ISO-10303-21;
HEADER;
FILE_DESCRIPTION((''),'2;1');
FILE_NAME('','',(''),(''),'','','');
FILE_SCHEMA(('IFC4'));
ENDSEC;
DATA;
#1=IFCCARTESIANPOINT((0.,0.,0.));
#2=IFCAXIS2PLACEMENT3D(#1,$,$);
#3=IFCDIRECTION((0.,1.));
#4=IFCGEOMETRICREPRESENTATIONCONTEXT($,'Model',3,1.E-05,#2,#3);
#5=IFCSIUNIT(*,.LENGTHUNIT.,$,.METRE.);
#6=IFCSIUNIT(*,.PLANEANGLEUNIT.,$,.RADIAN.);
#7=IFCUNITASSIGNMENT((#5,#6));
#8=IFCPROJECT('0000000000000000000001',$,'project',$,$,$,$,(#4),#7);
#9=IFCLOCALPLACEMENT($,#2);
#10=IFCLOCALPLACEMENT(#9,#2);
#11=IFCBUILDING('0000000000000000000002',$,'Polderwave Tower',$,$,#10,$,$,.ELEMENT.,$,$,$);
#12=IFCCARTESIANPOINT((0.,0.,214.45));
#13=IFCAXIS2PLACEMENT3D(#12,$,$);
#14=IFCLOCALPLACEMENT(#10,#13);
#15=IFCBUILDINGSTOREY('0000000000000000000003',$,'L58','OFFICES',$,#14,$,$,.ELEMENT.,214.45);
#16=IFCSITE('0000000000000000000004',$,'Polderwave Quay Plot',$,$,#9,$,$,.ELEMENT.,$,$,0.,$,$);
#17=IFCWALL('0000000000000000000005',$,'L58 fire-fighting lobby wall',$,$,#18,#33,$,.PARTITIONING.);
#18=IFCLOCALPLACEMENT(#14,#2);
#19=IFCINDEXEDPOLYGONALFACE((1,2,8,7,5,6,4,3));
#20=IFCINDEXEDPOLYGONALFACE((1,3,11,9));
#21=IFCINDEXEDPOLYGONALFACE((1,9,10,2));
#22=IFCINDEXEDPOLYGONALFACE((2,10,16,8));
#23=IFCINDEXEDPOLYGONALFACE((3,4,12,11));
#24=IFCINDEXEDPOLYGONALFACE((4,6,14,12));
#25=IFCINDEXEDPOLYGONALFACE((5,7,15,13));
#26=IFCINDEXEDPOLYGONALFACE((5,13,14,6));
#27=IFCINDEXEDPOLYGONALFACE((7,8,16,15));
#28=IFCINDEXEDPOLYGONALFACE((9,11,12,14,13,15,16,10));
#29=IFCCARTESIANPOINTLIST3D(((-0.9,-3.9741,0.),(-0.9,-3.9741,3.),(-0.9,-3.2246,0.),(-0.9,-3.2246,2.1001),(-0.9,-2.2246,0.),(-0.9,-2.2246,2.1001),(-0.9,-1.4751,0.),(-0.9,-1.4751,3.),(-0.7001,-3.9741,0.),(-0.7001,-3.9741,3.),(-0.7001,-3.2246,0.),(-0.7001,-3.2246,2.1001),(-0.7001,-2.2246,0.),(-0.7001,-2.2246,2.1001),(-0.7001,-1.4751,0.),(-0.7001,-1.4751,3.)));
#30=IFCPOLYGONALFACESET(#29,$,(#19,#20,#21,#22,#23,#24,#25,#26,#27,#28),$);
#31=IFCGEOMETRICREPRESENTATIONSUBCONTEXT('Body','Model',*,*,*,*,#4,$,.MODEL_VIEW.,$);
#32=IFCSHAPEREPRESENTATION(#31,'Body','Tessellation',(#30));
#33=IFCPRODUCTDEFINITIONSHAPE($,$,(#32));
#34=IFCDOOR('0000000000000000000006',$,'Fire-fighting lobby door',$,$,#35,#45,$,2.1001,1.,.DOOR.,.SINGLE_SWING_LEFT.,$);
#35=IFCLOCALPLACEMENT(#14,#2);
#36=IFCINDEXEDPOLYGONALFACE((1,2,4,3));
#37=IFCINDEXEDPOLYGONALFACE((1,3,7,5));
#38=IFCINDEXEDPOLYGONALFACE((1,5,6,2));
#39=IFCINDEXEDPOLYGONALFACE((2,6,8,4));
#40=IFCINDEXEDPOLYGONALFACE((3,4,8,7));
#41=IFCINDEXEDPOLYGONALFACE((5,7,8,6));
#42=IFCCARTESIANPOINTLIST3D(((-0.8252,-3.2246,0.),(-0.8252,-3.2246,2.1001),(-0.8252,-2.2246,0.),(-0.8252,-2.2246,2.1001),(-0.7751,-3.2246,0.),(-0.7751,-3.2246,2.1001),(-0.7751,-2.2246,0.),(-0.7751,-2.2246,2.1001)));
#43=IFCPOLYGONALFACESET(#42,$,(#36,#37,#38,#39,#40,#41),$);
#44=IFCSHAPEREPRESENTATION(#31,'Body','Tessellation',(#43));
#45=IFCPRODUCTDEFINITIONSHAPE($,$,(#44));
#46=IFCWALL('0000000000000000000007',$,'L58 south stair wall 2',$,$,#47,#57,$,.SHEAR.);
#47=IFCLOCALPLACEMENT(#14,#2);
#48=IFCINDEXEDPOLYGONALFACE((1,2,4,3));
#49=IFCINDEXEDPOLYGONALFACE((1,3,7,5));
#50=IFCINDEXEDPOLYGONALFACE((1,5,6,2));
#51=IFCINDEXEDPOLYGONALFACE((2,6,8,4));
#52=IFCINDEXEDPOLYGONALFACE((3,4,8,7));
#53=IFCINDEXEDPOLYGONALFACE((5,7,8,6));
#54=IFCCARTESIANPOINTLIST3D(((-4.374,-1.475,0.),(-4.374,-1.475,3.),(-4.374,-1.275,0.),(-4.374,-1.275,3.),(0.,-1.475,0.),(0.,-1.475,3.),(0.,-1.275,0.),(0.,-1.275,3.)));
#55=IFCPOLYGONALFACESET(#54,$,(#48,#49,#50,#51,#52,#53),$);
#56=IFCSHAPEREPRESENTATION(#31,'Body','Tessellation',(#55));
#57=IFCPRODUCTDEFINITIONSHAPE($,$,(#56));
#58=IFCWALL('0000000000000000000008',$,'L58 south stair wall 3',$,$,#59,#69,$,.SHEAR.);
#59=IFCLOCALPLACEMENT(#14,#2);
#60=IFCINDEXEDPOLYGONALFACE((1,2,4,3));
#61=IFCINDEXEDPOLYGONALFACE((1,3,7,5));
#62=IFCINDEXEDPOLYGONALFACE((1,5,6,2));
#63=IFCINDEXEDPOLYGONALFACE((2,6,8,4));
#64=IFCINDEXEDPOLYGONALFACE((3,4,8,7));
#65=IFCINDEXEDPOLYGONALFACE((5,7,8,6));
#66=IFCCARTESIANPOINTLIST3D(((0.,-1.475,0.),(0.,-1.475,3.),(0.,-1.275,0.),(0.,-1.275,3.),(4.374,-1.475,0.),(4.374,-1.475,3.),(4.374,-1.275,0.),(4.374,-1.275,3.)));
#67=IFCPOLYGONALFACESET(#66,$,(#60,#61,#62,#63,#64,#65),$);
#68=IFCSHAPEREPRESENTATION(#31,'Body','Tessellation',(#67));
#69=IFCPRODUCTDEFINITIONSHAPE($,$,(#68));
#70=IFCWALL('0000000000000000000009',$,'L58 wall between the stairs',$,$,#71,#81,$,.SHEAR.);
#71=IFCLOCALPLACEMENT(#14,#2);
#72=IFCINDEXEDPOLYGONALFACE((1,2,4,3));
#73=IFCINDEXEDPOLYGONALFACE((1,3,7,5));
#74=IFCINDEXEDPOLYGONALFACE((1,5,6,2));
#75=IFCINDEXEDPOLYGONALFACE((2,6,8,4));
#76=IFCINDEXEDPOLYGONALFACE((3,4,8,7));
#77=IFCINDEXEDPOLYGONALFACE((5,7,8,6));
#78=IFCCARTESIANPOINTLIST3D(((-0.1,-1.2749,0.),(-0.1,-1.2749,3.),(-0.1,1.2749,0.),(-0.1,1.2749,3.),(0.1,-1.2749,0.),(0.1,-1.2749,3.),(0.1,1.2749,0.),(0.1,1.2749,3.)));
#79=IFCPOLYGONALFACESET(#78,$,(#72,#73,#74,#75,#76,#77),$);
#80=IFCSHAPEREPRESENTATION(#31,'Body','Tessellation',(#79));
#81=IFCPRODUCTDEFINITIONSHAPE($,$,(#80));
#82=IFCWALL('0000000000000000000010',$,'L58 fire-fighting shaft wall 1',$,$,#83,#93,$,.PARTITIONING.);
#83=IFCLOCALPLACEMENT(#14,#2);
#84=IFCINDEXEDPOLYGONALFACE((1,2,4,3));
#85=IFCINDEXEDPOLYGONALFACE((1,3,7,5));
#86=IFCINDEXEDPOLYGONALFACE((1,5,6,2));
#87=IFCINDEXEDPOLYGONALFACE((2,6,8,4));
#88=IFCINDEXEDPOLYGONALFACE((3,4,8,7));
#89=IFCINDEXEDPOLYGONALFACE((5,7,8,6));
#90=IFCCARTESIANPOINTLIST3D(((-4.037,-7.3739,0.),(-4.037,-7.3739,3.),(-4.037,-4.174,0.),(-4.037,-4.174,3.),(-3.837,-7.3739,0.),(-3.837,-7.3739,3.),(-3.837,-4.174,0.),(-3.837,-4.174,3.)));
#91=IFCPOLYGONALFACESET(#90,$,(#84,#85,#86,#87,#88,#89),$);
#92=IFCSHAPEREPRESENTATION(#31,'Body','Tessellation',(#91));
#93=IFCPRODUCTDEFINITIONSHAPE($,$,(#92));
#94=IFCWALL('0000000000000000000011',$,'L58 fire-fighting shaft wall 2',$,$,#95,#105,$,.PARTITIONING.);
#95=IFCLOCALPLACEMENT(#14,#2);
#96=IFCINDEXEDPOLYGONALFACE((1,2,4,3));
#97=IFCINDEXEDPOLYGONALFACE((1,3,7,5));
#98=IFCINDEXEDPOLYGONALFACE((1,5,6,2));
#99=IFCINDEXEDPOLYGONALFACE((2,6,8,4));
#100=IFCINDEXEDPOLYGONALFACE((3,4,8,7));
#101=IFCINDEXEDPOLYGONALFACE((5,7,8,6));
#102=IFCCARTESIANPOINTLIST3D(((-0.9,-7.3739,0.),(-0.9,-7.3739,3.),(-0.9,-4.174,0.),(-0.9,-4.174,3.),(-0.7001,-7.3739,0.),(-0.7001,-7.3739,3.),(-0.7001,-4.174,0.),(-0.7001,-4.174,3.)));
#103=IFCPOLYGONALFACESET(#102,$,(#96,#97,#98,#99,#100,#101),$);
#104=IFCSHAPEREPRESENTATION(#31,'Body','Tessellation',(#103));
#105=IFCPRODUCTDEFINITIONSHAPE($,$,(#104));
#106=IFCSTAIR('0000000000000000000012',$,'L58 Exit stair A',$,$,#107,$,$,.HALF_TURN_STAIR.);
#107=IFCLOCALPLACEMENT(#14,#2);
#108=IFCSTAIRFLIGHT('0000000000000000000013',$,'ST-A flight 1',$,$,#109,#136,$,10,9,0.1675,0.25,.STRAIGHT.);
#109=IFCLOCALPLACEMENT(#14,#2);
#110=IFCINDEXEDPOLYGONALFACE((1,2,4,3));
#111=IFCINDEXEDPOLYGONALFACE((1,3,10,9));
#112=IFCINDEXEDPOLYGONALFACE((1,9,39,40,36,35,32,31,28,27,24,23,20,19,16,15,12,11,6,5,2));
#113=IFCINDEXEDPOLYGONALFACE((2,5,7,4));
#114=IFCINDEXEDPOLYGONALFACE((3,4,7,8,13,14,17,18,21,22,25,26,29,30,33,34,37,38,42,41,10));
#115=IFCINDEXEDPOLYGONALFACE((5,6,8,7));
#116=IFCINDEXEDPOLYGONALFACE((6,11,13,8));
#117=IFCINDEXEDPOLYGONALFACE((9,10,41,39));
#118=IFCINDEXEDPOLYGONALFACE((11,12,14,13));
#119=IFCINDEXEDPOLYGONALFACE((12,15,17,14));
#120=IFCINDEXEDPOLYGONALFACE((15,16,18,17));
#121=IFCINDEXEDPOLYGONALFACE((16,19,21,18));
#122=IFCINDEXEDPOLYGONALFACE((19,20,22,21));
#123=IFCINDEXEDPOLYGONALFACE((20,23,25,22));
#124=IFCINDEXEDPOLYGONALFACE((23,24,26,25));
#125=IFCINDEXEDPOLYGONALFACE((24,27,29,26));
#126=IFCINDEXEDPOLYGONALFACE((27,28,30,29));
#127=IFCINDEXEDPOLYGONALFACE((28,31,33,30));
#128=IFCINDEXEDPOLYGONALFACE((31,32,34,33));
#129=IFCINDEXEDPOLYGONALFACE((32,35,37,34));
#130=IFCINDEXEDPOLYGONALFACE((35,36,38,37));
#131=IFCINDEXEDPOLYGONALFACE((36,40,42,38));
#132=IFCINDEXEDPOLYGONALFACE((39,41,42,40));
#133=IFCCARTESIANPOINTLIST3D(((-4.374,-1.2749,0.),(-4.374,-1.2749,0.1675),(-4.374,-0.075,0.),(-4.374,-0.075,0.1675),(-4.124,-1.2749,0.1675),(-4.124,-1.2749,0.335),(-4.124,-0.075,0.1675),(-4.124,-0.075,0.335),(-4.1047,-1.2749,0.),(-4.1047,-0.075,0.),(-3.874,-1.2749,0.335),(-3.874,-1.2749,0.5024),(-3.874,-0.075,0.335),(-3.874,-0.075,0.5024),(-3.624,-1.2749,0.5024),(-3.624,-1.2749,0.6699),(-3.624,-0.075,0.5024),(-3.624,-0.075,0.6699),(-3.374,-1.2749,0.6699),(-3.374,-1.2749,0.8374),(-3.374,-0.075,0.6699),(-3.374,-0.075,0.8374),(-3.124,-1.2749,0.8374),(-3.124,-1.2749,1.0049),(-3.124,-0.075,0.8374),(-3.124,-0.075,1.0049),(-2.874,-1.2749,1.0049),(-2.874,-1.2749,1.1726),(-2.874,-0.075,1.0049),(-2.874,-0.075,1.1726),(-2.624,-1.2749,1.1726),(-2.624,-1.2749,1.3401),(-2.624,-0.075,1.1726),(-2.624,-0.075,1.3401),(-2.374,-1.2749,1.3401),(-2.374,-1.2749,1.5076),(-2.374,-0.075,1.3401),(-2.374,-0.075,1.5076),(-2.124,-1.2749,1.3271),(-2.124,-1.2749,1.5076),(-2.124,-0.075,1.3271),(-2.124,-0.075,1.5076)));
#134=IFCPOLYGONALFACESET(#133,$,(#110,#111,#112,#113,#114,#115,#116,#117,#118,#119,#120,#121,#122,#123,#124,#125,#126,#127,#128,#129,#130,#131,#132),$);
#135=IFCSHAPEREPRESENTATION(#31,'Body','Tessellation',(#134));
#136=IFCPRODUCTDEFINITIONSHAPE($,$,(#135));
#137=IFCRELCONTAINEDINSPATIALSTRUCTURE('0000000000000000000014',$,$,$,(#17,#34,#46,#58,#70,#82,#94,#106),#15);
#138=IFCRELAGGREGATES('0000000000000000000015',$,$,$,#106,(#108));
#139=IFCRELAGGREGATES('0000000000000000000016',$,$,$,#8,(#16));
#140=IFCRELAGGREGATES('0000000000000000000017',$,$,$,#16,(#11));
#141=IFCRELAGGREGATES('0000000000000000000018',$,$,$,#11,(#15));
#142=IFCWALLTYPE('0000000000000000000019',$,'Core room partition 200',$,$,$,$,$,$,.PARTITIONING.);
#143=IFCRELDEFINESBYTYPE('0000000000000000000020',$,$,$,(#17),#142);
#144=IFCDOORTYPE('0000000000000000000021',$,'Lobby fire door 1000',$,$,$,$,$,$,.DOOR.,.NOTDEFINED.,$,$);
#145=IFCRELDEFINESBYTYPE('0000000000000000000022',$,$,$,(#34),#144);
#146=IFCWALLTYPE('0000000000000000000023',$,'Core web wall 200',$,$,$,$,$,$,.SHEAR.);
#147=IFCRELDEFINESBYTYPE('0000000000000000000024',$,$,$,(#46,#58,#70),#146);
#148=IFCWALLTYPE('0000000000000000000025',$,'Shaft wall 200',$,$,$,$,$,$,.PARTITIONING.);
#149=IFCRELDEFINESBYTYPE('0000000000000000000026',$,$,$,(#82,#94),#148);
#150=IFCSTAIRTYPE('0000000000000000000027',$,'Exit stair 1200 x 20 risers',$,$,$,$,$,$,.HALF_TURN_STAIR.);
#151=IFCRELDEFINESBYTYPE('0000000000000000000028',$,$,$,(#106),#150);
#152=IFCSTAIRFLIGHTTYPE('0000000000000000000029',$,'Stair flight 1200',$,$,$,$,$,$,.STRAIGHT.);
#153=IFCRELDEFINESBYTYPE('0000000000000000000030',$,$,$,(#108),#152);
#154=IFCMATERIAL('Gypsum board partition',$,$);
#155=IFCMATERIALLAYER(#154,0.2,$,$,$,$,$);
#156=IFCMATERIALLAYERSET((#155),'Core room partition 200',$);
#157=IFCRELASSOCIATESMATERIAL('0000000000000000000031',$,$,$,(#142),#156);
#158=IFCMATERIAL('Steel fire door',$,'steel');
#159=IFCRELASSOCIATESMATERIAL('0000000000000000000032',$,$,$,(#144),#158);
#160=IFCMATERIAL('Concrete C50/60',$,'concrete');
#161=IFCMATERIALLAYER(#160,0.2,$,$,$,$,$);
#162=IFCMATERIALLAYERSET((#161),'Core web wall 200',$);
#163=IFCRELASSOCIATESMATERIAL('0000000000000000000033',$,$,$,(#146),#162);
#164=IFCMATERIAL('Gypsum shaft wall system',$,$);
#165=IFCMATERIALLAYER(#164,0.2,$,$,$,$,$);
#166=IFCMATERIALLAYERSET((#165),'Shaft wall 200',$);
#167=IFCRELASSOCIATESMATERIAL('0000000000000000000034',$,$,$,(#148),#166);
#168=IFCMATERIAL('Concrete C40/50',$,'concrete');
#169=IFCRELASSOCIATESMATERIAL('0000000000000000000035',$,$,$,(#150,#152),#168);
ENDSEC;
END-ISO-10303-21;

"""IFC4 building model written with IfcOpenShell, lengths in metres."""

from ifc_helpers import new_model, si_unit, direction, frame, frame_2d, origin, place, context, subcontext, project, spatial, polyline, rectangle, outline, extrude, material, layer, layer_set, type_object, element, fill, aggregate, save


model = new_model("IFC4")

# Units and contexts
model_context = context("Model", 3, precision=1e-05, world=origin(), true_north=direction((0.0, 1.0)))
body_context = subcontext(model_context, "Body", "Model", "MODEL_VIEW")
ifc_project = project(units=[si_unit("LENGTHUNIT", "METRE"), si_unit("PLANEANGLEUNIT", "RADIAN")], contexts=[model_context])

# Site, building, storey
site_placement = place(None, origin())
site = spatial("IfcSite", under=ifc_project, at=site_placement, Name="Polderwave Quay Plot", CompositionType="ELEMENT", RefElevation=0.0)
building_placement = place(site_placement, origin())
building = spatial("IfcBuilding", under=site, at=building_placement, Name="Polderwave Tower", CompositionType="ELEMENT")
storey_placement = place(building_placement, frame((0.0, 0.0, 214.45)))
storey = spatial("IfcBuildingStorey", under=building, at=storey_placement, Name="L58", Description="OFFICES", CompositionType="ELEMENT", Elevation=214.45)

# Wall, opening, door
ifc_material_1 = material(Name="Gypsum board partition")
ifc_layer_1 = layer(ifc_material_1, 0.2)
ifc_layer_set_1 = layer_set([ifc_layer_1], Name="Core room partition 200")
wall_type_1 = type_object("IfcWallType", Name="Core room partition 200", PredefinedType="PARTITIONING", material=ifc_layer_set_1)
wall_1_placement = place(storey_placement, frame((-0.8, -3.9741, 0.0), z_axis=(0.0, 0.0, 1.0), x_axis=(0.0, 1.0, 0.0)))
wall_1 = element("IfcWall", 1, at=wall_1_placement, inside=storey, type_object=wall_type_1, Name="L58 fire-fighting lobby wall", PredefinedType="PARTITIONING", context=body_context, shape_type="SweptSolid", body=[
    extrude(rectangle(XDim=2.499, YDim=0.2, at=frame_2d((1.2495, 0.0))), origin(), (0.0, 0.0, 1.0), 3.0),
])
opening_placement = place(wall_1_placement, frame((0.7495, 0.0, 0.0)))
opening = element("IfcOpeningElement", 2, at=opening_placement, cuts=wall_1, PredefinedType="OPENING", context=body_context, shape_type="SweptSolid", body=[
    extrude(rectangle(XDim=1.0, YDim=2.1001, at=frame_2d((0.5, 1.05))), frame((0.0, 0.1099, 0.0), z_axis=(0.0, -1.0, 0.0), x_axis=(1.0, 0.0, 0.0)), (0.0, 0.0, 1.0), 0.22),
])
ifc_material_2 = material(Name="Steel fire door", Category="steel")
door_type = type_object("IfcDoorType", Name="Lobby fire door 1000", OperationType="NOTDEFINED", PredefinedType="DOOR", material=ifc_material_2)
door_placement = place(opening_placement, frame((1.0, 0.0, 0.0), z_axis=(0.0, 0.0, 1.0), x_axis=(-1.0, 0.0, 0.0)))
door = element("IfcDoor", 3, at=door_placement, inside=storey, type_object=door_type, Name="Fire-fighting lobby door", OperationType="SINGLE_SWING_LEFT", OverallHeight=2.1001, OverallWidth=1.0, PredefinedType="DOOR", context=body_context, shape_type="SweptSolid", body=[
    extrude(rectangle(XDim=1.0, YDim=2.1001, at=frame_2d((0.5, 1.05))), frame((0.0, 0.0249, 0.0), z_axis=(0.0, -1.0, 0.0), x_axis=(1.0, 0.0, 0.0)), (0.0, 0.0, 1.0), 0.05),
])
fill(opening, door)

# Walls
ifc_material_3 = material(Name="Concrete C50/60", Category="concrete")
ifc_layer_2 = layer(ifc_material_3, 0.2)
ifc_layer_set_2 = layer_set([ifc_layer_2], Name="Core web wall 200")
wall_type_2 = type_object("IfcWallType", Name="Core web wall 200", PredefinedType="SHEAR", material=ifc_layer_set_2)
for number, where, z_axis, x_axis, name in (
    (4, (-4.374, -1.375, 0.0), (0.0, 0.0, 1.0), (1.0, 0.0, 0.0), "L58 south stair wall 2"),
    (5, (0.0, -1.375, 0.0), (0.0, 0.0, 1.0), (1.0, 0.0, 0.0), "L58 south stair wall 3"),
):
    element("IfcWall", number, at=place(storey_placement, frame(where, z_axis=z_axis, x_axis=x_axis)), inside=storey, type_object=wall_type_2, Name=name, PredefinedType="SHEAR", context=body_context, shape_type="SweptSolid", body=[
        extrude(rectangle(XDim=4.374, YDim=0.2, at=frame_2d((2.187, 0.0))), origin(), (0.0, 0.0, 1.0), 3.0),
    ])
wall_2_placement = place(storey_placement, frame((0.0, -1.2749, 0.0), z_axis=(0.0, 0.0, 1.0), x_axis=(0.0, 1.0, 0.0)))
element("IfcWall", 6, at=wall_2_placement, inside=storey, type_object=wall_type_2, Name="L58 wall between the stairs", PredefinedType="SHEAR", context=body_context, shape_type="SweptSolid", body=[
    extrude(rectangle(XDim=2.5498, YDim=0.2, at=frame_2d((1.2749, 0.0))), origin(), (0.0, 0.0, 1.0), 3.0),
])
ifc_material_4 = material(Name="Gypsum shaft wall system")
ifc_layer_3 = layer(ifc_material_4, 0.2)
ifc_layer_set_3 = layer_set([ifc_layer_3], Name="Shaft wall 200")
wall_type_3 = type_object("IfcWallType", Name="Shaft wall 200", PredefinedType="PARTITIONING", material=ifc_layer_set_3)
for number, where, z_axis, x_axis, name in (
    (7, (-3.937, -7.374, 0.0), (0.0, 0.0, 1.0), (0.0, 1.0, 0.0), "L58 fire-fighting shaft wall 1"),
    (8, (-0.8, -7.374, 0.0), (0.0, 0.0, 1.0), (0.0, 1.0, 0.0), "L58 fire-fighting shaft wall 2"),
):
    element("IfcWall", number, at=place(storey_placement, frame(where, z_axis=z_axis, x_axis=x_axis)), inside=storey, type_object=wall_type_3, Name=name, PredefinedType="PARTITIONING", context=body_context, shape_type="SweptSolid", body=[
        extrude(rectangle(XDim=3.2, YDim=0.2, at=frame_2d((1.6001, 0.0))), origin(), (0.0, 0.0, 1.0), 3.0),
    ])

# Stair, stair flight
ifc_material_5 = material(Name="Concrete C40/50", Category="concrete")
stair_type = type_object("IfcStairType", Name="Exit stair 1200 x 20 risers", PredefinedType="HALF_TURN_STAIR", material=ifc_material_5)
stair_placement = place(storey_placement, origin())
stair = element("IfcStair", 9, at=stair_placement, inside=storey, type_object=stair_type, Name="L58 Exit stair A", PredefinedType="HALF_TURN_STAIR")
stair_flight_type = type_object("IfcStairFlightType", Name="Stair flight 1200", PredefinedType="STRAIGHT", material=ifc_material_5)
stair_flight_placement = place(storey_placement, frame((-4.374, -0.675, 0.0), z_axis=(0.0, 0.0, 1.0), x_axis=(1.0, 0.0, 0.0)))
stair_flight = element("IfcStairFlight", 10, at=stair_flight_placement, type_object=stair_flight_type, Name="ST-A flight 1", NumberOfRisers=10, NumberOfTreads=9, PredefinedType="STRAIGHT", RiserHeight=0.1675, TreadLength=0.25, context=body_context, shape_type="SweptSolid", body=[
    extrude(outline(polyline([(0.0, 0.0), (0.0, 0.1675), (0.25, 0.1675), (0.25, 0.335), (0.5, 0.335), (0.5, 0.5024), (0.75, 0.5024), (0.75, 0.6699), (1.0, 0.6699), (1.0, 0.8374), (1.25, 0.8374), (1.25, 1.0049), (1.5, 1.0049), (1.5, 1.1726), (1.75, 1.1726), (1.75, 1.3401), (2.0, 1.3401), (2.0, 1.5076), (2.25, 1.5076), (2.25, 1.675), (2.25, 1.3271), (0.2693, 0.0), (0.0, 0.0)])), frame((0.0, 0.6001, 0.0), z_axis=(0.0, -1.0, 0.0), x_axis=(1.0, 0.0, 0.0)), (0.0, 0.0, 1.0), 1.2),
])
aggregate(stair, [stair_flight])

save(model, "model.ifc")
